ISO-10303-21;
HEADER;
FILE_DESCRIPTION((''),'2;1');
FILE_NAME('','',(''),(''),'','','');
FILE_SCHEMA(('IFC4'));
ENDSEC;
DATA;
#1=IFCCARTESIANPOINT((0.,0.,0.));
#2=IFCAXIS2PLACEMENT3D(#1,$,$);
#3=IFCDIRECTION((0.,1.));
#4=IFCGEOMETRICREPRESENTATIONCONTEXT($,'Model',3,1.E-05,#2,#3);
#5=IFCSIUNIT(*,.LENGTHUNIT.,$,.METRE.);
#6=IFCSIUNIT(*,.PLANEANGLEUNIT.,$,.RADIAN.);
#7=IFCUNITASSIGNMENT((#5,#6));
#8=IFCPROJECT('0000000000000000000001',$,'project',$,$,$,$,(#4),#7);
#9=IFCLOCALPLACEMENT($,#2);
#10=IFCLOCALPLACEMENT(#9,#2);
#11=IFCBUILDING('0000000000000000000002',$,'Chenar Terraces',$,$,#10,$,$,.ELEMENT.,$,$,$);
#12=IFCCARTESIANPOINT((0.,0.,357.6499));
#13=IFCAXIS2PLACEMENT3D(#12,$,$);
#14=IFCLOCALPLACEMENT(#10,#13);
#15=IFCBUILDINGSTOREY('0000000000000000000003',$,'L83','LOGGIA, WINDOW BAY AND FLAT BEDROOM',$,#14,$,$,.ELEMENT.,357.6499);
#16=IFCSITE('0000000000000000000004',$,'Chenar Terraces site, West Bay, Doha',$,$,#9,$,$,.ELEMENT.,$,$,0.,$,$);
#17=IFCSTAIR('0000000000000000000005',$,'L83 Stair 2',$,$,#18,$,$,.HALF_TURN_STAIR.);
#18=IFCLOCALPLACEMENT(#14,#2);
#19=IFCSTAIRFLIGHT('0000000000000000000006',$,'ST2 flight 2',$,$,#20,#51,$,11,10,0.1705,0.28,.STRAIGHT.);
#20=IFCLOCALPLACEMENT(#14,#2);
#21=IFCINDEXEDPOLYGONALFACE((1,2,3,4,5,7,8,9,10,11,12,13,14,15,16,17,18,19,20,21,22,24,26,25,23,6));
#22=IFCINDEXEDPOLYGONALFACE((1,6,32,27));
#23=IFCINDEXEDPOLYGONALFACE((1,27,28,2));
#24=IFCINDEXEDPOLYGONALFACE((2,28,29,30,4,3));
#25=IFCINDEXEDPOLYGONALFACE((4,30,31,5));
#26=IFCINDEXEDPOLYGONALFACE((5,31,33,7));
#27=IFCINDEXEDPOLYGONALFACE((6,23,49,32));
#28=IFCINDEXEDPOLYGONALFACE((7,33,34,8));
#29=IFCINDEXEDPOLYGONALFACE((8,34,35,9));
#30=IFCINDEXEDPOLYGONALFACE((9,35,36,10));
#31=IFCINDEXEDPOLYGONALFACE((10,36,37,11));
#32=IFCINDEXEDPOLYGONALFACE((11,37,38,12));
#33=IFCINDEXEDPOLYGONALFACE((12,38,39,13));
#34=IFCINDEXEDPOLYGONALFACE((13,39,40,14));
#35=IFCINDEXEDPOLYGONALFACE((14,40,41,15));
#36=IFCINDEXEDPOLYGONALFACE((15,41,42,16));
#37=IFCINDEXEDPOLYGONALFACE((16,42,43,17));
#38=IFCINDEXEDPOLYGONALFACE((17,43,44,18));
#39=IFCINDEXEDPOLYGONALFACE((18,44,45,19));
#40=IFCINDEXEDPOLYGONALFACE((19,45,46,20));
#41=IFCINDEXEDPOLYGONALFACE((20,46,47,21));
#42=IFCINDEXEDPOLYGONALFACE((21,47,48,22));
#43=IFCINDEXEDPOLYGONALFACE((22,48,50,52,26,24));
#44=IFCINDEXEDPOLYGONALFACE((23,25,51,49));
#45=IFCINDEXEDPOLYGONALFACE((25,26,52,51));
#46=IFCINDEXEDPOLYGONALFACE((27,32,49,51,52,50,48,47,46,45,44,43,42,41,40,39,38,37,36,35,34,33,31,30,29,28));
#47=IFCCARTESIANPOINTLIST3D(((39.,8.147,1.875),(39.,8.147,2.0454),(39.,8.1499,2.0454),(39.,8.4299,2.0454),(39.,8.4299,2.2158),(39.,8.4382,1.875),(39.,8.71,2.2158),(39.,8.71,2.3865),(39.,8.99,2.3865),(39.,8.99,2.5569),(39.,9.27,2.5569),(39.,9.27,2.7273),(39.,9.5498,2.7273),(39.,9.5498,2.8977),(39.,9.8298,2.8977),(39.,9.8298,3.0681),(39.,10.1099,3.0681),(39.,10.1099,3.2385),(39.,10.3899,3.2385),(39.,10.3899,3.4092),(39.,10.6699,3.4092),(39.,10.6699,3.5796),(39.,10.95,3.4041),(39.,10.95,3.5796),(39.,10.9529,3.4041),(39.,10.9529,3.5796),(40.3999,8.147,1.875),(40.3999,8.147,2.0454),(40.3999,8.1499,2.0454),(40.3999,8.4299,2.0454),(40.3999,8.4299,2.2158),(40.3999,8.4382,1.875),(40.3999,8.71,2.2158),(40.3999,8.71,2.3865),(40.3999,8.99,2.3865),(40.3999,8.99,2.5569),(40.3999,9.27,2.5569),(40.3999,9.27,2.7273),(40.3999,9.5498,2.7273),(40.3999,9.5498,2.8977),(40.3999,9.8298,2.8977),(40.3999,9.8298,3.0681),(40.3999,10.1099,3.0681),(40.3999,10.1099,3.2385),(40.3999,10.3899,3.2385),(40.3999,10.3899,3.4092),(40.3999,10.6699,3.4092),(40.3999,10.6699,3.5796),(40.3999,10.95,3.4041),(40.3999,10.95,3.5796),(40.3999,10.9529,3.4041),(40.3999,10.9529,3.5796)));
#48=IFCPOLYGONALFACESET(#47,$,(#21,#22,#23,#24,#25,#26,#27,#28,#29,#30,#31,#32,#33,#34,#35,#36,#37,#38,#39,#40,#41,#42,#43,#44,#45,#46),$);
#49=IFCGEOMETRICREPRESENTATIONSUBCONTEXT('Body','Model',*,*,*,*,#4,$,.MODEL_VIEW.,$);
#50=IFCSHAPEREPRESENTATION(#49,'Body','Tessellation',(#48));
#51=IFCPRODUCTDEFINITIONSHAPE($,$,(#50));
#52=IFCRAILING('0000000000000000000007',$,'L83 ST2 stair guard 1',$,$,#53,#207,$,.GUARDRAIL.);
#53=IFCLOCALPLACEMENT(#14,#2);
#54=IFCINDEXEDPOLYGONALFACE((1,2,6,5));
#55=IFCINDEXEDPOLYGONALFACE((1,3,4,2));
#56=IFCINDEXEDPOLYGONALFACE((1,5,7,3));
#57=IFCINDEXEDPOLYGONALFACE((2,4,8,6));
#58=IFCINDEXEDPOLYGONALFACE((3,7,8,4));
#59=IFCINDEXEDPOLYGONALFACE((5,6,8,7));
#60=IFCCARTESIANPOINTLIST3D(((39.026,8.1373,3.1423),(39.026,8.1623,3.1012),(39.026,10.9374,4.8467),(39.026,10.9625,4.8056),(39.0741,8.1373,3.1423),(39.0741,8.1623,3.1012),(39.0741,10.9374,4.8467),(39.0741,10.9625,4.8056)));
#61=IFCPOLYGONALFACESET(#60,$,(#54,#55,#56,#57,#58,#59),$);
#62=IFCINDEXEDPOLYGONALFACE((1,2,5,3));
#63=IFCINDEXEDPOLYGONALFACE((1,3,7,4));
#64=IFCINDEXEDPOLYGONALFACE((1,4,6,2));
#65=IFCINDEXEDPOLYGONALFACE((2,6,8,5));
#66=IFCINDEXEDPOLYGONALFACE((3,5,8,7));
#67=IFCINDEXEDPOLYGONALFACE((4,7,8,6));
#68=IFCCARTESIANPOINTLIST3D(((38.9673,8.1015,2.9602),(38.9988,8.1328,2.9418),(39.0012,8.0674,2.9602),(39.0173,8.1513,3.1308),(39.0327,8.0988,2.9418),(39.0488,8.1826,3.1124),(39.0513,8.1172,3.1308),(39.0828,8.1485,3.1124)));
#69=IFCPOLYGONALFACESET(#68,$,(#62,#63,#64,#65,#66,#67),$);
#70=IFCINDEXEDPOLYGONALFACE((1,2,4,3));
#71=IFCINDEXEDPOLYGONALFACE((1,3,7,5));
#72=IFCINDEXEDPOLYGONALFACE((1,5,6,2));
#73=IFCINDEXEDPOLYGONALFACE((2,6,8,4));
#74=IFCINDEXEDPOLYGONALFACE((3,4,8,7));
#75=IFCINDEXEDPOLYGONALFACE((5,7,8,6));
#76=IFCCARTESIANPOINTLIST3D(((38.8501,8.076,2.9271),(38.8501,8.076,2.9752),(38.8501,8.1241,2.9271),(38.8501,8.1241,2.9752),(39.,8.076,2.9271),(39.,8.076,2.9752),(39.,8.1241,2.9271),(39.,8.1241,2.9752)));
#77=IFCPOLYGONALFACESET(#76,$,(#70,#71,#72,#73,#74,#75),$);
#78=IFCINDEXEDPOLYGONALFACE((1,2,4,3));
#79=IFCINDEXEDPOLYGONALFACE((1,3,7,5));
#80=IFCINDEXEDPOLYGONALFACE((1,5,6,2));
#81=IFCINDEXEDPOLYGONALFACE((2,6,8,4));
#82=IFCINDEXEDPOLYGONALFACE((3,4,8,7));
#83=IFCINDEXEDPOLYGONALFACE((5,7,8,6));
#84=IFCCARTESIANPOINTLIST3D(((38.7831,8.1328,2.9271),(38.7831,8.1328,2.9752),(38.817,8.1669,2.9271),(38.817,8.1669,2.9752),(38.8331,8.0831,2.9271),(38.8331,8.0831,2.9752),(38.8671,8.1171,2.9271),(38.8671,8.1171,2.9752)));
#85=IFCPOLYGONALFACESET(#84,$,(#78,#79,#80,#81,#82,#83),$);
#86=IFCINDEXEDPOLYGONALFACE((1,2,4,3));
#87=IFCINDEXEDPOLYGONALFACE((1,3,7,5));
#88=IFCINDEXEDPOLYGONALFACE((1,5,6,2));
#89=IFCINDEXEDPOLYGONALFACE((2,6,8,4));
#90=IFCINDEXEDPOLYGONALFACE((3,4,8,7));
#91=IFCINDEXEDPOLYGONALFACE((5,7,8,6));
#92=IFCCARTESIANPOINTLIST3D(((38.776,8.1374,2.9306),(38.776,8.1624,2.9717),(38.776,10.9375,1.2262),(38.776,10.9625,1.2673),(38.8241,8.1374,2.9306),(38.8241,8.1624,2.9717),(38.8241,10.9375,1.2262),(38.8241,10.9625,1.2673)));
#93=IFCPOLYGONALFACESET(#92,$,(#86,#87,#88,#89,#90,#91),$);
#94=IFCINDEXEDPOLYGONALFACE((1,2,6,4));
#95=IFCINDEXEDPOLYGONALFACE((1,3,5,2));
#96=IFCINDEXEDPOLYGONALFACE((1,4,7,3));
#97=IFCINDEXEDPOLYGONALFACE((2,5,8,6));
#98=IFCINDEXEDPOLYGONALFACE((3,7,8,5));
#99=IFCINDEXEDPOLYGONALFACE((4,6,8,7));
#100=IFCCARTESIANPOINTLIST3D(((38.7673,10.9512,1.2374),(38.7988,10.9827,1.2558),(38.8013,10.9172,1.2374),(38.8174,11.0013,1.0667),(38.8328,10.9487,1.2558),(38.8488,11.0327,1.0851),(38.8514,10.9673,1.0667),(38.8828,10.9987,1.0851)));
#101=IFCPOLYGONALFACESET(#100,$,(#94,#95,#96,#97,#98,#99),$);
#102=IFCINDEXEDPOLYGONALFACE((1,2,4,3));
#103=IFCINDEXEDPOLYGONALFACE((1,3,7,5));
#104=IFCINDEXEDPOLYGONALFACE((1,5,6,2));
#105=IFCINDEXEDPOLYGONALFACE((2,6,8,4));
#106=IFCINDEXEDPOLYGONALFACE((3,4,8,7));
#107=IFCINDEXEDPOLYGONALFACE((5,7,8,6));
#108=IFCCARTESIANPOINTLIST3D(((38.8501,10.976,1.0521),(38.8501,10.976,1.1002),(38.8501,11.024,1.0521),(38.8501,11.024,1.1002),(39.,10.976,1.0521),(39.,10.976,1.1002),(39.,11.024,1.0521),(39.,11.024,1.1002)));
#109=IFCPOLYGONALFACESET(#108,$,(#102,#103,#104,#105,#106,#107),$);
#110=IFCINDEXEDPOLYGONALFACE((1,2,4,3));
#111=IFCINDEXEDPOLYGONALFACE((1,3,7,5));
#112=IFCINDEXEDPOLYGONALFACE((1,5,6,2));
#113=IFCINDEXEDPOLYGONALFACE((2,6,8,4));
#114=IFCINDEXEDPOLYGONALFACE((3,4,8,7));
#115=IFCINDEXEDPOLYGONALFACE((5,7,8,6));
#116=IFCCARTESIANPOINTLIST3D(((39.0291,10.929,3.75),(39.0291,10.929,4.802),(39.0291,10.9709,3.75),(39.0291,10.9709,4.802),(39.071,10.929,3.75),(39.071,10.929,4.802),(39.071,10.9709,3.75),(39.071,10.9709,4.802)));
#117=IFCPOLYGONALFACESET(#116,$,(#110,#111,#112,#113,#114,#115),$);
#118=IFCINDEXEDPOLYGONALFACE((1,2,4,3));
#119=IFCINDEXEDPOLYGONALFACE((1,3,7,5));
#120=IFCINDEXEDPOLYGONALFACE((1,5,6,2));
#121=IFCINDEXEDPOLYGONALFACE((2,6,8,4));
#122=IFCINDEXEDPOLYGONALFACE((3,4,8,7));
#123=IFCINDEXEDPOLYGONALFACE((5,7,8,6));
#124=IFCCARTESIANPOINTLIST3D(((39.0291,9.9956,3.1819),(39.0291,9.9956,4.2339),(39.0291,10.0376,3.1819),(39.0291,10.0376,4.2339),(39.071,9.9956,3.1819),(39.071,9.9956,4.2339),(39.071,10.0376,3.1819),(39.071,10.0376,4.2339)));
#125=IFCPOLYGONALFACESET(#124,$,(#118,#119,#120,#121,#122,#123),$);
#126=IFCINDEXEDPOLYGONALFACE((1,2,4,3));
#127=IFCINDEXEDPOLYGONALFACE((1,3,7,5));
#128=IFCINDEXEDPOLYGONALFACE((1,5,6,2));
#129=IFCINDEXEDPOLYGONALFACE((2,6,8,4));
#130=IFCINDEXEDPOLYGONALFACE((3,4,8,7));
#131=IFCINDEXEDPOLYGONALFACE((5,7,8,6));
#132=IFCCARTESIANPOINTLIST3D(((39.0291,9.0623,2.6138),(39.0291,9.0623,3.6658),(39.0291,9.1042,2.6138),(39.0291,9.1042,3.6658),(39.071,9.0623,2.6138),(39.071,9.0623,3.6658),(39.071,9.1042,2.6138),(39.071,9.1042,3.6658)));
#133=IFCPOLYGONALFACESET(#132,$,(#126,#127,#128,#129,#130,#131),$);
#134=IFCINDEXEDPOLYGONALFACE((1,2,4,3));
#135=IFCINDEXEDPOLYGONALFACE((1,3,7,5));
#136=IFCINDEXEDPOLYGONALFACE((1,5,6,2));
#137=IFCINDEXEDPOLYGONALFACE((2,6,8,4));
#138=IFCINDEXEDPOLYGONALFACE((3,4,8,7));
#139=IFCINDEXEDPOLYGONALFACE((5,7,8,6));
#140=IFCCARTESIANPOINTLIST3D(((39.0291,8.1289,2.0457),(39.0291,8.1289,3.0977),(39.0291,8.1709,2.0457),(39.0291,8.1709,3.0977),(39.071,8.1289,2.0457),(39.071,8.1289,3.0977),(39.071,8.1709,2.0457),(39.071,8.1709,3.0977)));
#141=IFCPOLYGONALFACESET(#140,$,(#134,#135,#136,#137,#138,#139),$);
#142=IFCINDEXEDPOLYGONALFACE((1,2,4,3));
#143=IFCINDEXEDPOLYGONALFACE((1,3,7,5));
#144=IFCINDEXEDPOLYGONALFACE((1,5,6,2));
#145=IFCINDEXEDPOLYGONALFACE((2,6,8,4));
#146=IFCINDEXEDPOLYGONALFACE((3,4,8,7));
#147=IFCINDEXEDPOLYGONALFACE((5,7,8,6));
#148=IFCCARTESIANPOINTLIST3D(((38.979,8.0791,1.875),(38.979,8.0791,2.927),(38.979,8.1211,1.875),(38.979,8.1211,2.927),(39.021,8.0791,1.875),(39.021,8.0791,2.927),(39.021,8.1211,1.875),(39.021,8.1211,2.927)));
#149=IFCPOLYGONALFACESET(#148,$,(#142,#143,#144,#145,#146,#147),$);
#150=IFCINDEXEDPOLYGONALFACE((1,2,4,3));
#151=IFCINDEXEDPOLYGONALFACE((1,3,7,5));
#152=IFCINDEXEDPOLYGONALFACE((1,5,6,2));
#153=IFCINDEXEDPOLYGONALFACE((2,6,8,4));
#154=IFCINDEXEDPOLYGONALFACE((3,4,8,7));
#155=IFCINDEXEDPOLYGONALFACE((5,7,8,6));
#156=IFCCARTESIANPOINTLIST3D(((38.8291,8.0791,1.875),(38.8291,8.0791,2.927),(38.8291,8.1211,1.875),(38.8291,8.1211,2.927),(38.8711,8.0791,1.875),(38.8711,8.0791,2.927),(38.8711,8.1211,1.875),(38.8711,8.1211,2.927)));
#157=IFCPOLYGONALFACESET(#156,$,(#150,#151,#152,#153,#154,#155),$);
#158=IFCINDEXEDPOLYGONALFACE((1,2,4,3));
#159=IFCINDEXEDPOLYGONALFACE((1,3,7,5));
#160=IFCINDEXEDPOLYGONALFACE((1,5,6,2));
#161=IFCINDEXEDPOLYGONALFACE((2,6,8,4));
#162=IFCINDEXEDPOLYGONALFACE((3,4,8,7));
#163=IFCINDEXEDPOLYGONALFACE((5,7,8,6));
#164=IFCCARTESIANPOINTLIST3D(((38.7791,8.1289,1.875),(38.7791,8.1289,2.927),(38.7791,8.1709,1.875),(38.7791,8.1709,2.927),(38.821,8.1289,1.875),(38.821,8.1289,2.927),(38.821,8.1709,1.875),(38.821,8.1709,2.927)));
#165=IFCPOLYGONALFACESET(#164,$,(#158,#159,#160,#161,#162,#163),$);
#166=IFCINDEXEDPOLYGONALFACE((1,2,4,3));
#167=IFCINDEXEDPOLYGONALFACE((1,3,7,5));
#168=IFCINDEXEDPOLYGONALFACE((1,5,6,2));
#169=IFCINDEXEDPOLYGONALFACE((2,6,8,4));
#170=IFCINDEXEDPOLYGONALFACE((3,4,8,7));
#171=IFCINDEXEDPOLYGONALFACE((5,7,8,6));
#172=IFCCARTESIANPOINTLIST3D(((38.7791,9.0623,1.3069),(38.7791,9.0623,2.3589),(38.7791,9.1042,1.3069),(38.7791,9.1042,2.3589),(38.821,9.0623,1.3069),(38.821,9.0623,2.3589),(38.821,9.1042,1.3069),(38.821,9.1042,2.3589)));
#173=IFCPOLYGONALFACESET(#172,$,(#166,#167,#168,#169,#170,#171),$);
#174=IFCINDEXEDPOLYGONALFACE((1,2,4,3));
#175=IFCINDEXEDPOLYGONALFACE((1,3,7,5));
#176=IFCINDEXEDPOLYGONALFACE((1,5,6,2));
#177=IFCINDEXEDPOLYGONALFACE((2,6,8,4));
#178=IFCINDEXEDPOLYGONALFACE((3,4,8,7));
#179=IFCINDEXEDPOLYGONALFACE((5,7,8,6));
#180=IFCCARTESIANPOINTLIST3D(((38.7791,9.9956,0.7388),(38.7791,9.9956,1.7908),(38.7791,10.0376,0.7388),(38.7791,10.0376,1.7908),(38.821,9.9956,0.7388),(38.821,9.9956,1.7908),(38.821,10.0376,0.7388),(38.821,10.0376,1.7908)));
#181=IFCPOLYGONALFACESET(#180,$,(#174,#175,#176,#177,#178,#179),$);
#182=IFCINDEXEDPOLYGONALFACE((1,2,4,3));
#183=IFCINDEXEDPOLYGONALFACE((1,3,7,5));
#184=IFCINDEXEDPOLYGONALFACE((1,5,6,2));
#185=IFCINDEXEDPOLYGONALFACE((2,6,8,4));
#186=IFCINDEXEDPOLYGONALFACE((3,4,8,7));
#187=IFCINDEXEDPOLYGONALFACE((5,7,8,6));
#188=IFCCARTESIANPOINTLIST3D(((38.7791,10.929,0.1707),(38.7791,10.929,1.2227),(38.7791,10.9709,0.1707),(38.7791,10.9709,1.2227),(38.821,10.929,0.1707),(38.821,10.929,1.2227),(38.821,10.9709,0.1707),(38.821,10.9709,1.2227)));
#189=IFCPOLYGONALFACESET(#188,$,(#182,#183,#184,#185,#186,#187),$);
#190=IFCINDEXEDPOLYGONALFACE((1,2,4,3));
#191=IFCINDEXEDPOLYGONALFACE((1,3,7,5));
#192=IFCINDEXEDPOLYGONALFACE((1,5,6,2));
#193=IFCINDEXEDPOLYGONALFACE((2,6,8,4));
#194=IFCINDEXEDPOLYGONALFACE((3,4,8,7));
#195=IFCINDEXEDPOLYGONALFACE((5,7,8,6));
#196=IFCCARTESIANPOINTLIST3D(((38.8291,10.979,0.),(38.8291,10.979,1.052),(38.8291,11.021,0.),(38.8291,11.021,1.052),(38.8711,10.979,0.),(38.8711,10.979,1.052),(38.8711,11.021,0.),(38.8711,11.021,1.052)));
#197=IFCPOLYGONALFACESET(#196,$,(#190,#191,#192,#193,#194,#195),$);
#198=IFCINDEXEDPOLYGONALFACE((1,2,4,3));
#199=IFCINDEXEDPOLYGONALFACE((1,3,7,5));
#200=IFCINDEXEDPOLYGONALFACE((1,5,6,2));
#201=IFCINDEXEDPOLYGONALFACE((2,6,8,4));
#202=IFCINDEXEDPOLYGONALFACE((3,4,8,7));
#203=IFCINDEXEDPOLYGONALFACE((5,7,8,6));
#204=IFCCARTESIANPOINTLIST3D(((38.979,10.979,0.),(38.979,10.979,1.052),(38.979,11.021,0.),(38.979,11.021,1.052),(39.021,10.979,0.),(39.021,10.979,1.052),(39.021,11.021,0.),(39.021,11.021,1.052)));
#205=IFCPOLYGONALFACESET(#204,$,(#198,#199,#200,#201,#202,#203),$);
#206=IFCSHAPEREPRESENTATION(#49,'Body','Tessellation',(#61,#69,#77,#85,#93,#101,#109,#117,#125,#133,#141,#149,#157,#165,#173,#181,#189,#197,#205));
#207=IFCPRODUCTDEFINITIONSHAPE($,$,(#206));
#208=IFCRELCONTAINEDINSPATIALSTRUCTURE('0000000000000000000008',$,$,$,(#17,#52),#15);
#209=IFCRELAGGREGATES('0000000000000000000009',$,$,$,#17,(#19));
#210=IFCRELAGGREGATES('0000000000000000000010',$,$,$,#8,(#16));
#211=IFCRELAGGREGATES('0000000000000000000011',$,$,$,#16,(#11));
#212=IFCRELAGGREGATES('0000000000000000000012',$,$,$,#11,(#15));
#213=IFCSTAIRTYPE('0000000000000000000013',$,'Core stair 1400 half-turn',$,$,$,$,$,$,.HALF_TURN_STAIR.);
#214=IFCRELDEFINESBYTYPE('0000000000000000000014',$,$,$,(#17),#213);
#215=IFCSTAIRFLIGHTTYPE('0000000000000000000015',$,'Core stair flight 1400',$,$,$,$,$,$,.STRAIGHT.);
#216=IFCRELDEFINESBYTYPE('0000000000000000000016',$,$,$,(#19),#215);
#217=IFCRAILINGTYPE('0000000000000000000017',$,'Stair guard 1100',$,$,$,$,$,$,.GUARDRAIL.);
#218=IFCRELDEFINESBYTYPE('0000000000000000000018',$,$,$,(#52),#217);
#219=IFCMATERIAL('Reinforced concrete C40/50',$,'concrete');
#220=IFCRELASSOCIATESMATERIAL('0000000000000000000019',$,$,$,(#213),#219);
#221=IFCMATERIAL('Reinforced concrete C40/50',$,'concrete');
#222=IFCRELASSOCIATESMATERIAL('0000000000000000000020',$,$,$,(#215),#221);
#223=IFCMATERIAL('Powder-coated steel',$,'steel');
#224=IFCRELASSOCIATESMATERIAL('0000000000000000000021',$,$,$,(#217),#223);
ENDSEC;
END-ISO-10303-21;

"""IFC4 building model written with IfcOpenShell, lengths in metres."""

from ifc_helpers import new_model, si_unit, direction, frame, origin, origin_2d, place, context, subcontext, project, spatial, polyline, rectangle, outline, extrude, material, type_object, element, aggregate, save


model = new_model("IFC4")

# Units and contexts
model_context = context("Model", 3, precision=1e-05, world=origin(), true_north=direction((0.0, 1.0)))
body_context = subcontext(model_context, "Body", "Model", "MODEL_VIEW")
ifc_project = project(units=[si_unit("LENGTHUNIT", "METRE"), si_unit("PLANEANGLEUNIT", "RADIAN")], contexts=[model_context])

# Site, building, storey
site_placement = place(None, origin())
site = spatial("IfcSite", under=ifc_project, at=site_placement, Name="Chenar Terraces site, West Bay, Doha", CompositionType="ELEMENT", RefElevation=0.0)
building_placement = place(site_placement, origin())
building = spatial("IfcBuilding", under=site, at=building_placement, Name="Chenar Terraces", CompositionType="ELEMENT")
storey_placement = place(building_placement, frame((0.0, 0.0, 357.6499)))
storey = spatial("IfcBuildingStorey", under=building, at=storey_placement, Name="L83", Description="LOGGIA, WINDOW BAY AND FLAT BEDROOM", CompositionType="ELEMENT", Elevation=357.6499)

# Stair, stair flight
ifc_material_1 = material(Name="Reinforced concrete C40/50", Category="concrete")
stair_type = type_object("IfcStairType", Name="Core stair 1400 half-turn", PredefinedType="HALF_TURN_STAIR", material=ifc_material_1)
stair_placement = place(storey_placement, origin())
stair = element("IfcStair", 1, at=stair_placement, inside=storey, type_object=stair_type, Name="L83 Stair 2", PredefinedType="HALF_TURN_STAIR")
ifc_material_2 = material(Name="Reinforced concrete C40/50", Category="concrete")
stair_flight_type = type_object("IfcStairFlightType", Name="Core stair flight 1400", PredefinedType="STRAIGHT", material=ifc_material_2)
stair_flight_placement = place(storey_placement, frame((39.7, 8.1499, 1.875), z_axis=(0.0, 0.0, 1.0), x_axis=(0.0, 1.0, 0.0)))
stair_flight = element("IfcStairFlight", 2, at=stair_flight_placement, type_object=stair_flight_type, Name="ST2 flight 2", NumberOfRisers=11, NumberOfTreads=10, PredefinedType="STRAIGHT", RiserHeight=0.1705, TreadLength=0.28, context=body_context, shape_type="SweptSolid", body=[
    extrude(outline(polyline([(-0.0029, 0.0), (-0.0029, 0.1704), (0.0, 0.1704), (0.28, 0.1704), (0.28, 0.3408), (0.5601, 0.3408), (0.5601, 0.5115), (0.8401, 0.5115), (0.8401, 0.6819), (1.1201, 0.6819), (1.1201, 0.8523), (1.3999, 0.8523), (1.3999, 1.0227), (1.6799, 1.0227), (1.6799, 1.1931), (1.96, 1.1931), (1.96, 1.3635), (2.24, 1.3635), (2.24, 1.5342), (2.52, 1.5342), (2.52, 1.7046), (2.8, 1.7046), (2.803, 1.7046), (2.803, 1.5291), (2.8, 1.5291), (0.2883, 0.0), (-0.0029, 0.0)])), frame((0.0, 0.7, 0.0), z_axis=(0.0, -1.0, 0.0), x_axis=(1.0, 0.0, 0.0)), (0.0, 0.0, 1.0), 1.3999),
])
aggregate(stair, [stair_flight])

# Railing
ifc_material_3 = material(Name="Powder-coated steel", Category="steel")
railing_type_1 = type_object("IfcRailingType", Name="Stair guard 1100", PredefinedType="GUARDRAIL", material=ifc_material_3)
railing_1_placement = place(storey_placement, frame((39.05, 10.95, 3.75)))
element("IfcRailing", 3, at=railing_1_placement, inside=storey, type_object=railing_type_1, Name="L83 ST2 stair guard 1", PredefinedType="GUARDRAIL", context=body_context, shape_type="SweptSolid", body=[
    extrude(rectangle(XDim=0.0481, YDim=0.0481, at=origin_2d()), frame((0.0, 0.0, 1.0762), z_axis=(0.0, -0.854203, -0.51994), x_axis=(1.0, 0.0, 0.0)), (0.0, 0.0, 1.0), 3.2781),
    extrude(rectangle(XDim=0.0481, YDim=0.0481, at=origin_2d()), frame((0.0, -2.8, -0.6284), z_axis=(-0.270997, -0.269675, -0.924033), x_axis=(0.705376, -0.708834, 0.0)), (0.0, 0.0, 1.0), 0.1846),
    extrude(rectangle(XDim=0.0481, YDim=0.0481, at=origin_2d()), frame((-0.05, -2.8499, -0.7988), z_axis=(-1.0, 0.0, 0.0), x_axis=(0.0, -1.0, 0.0)), (0.0, 0.0, 1.0), 0.1499),
    extrude(rectangle(XDim=0.0481, YDim=0.0481, at=origin_2d()), frame((-0.2, -2.8499, -0.7988), z_axis=(-0.708834, 0.705376, 0.0), x_axis=(-0.705376, -0.708834, 0.0)), (0.0, 0.0, 1.0), 0.0706),
    extrude(rectangle(XDim=0.0481, YDim=0.0481, at=origin_2d()), frame((-0.25, -2.8, -0.7988), z_axis=(0.0, 0.854203, -0.51994), x_axis=(-1.0, 0.0, 0.0)), (0.0, 0.0, 1.0), 3.2781),
    extrude(rectangle(XDim=0.0481, YDim=0.0481, at=origin_2d()), frame((-0.25, 0.0, -2.5034), z_axis=(0.2709, 0.2709, -0.923703), x_axis=(-0.707107, 0.707107, 0.0)), (0.0, 0.0, 1.0), 0.1848),
    extrude(rectangle(XDim=0.0481, YDim=0.0481, at=origin_2d()), frame((-0.2, 0.05, -2.6738), z_axis=(1.0, 0.0, 0.0), x_axis=(0.0, 1.0, 0.0)), (0.0, 0.0, 1.0), 0.1499),
    extrude(rectangle(XDim=0.042, YDim=0.042, at=origin_2d()), origin(), (0.0, 0.0, 1.0), 1.052),
    extrude(rectangle(XDim=0.042, YDim=0.042, at=origin_2d()), frame((0.0, -0.9333, -0.5681)), (0.0, 0.0, 1.0), 1.052),
    extrude(rectangle(XDim=0.042, YDim=0.042, at=origin_2d()), frame((0.0, -1.8667, -1.1362)), (0.0, 0.0, 1.0), 1.052),
    extrude(rectangle(XDim=0.042, YDim=0.042, at=origin_2d()), frame((0.0, -2.8, -1.7043)), (0.0, 0.0, 1.0), 1.052),
    extrude(rectangle(XDim=0.042, YDim=0.042, at=origin_2d()), frame((-0.05, -2.8499, -1.875)), (0.0, 0.0, 1.0), 1.052),
    extrude(rectangle(XDim=0.042, YDim=0.042, at=origin_2d()), frame((-0.2, -2.8499, -1.875)), (0.0, 0.0, 1.0), 1.052),
    extrude(rectangle(XDim=0.042, YDim=0.042, at=origin_2d()), frame((-0.25, -2.8, -1.875)), (0.0, 0.0, 1.0), 1.052),
    extrude(rectangle(XDim=0.042, YDim=0.042, at=origin_2d()), frame((-0.25, -1.8667, -2.4431)), (0.0, 0.0, 1.0), 1.052),
    extrude(rectangle(XDim=0.042, YDim=0.042, at=origin_2d()), frame((-0.25, -0.9333, -3.0112)), (0.0, 0.0, 1.0), 1.052),
    extrude(rectangle(XDim=0.042, YDim=0.042, at=origin_2d()), frame((-0.25, 0.0, -3.5793)), (0.0, 0.0, 1.0), 1.052),
    extrude(rectangle(XDim=0.042, YDim=0.042, at=origin_2d()), frame((-0.2, 0.05, -3.75)), (0.0, 0.0, 1.0), 1.052),
    extrude(rectangle(XDim=0.042, YDim=0.042, at=origin_2d()), frame((-0.05, 0.05, -3.75)), (0.0, 0.0, 1.0), 1.052),
])

save(model, "model.ifc")
